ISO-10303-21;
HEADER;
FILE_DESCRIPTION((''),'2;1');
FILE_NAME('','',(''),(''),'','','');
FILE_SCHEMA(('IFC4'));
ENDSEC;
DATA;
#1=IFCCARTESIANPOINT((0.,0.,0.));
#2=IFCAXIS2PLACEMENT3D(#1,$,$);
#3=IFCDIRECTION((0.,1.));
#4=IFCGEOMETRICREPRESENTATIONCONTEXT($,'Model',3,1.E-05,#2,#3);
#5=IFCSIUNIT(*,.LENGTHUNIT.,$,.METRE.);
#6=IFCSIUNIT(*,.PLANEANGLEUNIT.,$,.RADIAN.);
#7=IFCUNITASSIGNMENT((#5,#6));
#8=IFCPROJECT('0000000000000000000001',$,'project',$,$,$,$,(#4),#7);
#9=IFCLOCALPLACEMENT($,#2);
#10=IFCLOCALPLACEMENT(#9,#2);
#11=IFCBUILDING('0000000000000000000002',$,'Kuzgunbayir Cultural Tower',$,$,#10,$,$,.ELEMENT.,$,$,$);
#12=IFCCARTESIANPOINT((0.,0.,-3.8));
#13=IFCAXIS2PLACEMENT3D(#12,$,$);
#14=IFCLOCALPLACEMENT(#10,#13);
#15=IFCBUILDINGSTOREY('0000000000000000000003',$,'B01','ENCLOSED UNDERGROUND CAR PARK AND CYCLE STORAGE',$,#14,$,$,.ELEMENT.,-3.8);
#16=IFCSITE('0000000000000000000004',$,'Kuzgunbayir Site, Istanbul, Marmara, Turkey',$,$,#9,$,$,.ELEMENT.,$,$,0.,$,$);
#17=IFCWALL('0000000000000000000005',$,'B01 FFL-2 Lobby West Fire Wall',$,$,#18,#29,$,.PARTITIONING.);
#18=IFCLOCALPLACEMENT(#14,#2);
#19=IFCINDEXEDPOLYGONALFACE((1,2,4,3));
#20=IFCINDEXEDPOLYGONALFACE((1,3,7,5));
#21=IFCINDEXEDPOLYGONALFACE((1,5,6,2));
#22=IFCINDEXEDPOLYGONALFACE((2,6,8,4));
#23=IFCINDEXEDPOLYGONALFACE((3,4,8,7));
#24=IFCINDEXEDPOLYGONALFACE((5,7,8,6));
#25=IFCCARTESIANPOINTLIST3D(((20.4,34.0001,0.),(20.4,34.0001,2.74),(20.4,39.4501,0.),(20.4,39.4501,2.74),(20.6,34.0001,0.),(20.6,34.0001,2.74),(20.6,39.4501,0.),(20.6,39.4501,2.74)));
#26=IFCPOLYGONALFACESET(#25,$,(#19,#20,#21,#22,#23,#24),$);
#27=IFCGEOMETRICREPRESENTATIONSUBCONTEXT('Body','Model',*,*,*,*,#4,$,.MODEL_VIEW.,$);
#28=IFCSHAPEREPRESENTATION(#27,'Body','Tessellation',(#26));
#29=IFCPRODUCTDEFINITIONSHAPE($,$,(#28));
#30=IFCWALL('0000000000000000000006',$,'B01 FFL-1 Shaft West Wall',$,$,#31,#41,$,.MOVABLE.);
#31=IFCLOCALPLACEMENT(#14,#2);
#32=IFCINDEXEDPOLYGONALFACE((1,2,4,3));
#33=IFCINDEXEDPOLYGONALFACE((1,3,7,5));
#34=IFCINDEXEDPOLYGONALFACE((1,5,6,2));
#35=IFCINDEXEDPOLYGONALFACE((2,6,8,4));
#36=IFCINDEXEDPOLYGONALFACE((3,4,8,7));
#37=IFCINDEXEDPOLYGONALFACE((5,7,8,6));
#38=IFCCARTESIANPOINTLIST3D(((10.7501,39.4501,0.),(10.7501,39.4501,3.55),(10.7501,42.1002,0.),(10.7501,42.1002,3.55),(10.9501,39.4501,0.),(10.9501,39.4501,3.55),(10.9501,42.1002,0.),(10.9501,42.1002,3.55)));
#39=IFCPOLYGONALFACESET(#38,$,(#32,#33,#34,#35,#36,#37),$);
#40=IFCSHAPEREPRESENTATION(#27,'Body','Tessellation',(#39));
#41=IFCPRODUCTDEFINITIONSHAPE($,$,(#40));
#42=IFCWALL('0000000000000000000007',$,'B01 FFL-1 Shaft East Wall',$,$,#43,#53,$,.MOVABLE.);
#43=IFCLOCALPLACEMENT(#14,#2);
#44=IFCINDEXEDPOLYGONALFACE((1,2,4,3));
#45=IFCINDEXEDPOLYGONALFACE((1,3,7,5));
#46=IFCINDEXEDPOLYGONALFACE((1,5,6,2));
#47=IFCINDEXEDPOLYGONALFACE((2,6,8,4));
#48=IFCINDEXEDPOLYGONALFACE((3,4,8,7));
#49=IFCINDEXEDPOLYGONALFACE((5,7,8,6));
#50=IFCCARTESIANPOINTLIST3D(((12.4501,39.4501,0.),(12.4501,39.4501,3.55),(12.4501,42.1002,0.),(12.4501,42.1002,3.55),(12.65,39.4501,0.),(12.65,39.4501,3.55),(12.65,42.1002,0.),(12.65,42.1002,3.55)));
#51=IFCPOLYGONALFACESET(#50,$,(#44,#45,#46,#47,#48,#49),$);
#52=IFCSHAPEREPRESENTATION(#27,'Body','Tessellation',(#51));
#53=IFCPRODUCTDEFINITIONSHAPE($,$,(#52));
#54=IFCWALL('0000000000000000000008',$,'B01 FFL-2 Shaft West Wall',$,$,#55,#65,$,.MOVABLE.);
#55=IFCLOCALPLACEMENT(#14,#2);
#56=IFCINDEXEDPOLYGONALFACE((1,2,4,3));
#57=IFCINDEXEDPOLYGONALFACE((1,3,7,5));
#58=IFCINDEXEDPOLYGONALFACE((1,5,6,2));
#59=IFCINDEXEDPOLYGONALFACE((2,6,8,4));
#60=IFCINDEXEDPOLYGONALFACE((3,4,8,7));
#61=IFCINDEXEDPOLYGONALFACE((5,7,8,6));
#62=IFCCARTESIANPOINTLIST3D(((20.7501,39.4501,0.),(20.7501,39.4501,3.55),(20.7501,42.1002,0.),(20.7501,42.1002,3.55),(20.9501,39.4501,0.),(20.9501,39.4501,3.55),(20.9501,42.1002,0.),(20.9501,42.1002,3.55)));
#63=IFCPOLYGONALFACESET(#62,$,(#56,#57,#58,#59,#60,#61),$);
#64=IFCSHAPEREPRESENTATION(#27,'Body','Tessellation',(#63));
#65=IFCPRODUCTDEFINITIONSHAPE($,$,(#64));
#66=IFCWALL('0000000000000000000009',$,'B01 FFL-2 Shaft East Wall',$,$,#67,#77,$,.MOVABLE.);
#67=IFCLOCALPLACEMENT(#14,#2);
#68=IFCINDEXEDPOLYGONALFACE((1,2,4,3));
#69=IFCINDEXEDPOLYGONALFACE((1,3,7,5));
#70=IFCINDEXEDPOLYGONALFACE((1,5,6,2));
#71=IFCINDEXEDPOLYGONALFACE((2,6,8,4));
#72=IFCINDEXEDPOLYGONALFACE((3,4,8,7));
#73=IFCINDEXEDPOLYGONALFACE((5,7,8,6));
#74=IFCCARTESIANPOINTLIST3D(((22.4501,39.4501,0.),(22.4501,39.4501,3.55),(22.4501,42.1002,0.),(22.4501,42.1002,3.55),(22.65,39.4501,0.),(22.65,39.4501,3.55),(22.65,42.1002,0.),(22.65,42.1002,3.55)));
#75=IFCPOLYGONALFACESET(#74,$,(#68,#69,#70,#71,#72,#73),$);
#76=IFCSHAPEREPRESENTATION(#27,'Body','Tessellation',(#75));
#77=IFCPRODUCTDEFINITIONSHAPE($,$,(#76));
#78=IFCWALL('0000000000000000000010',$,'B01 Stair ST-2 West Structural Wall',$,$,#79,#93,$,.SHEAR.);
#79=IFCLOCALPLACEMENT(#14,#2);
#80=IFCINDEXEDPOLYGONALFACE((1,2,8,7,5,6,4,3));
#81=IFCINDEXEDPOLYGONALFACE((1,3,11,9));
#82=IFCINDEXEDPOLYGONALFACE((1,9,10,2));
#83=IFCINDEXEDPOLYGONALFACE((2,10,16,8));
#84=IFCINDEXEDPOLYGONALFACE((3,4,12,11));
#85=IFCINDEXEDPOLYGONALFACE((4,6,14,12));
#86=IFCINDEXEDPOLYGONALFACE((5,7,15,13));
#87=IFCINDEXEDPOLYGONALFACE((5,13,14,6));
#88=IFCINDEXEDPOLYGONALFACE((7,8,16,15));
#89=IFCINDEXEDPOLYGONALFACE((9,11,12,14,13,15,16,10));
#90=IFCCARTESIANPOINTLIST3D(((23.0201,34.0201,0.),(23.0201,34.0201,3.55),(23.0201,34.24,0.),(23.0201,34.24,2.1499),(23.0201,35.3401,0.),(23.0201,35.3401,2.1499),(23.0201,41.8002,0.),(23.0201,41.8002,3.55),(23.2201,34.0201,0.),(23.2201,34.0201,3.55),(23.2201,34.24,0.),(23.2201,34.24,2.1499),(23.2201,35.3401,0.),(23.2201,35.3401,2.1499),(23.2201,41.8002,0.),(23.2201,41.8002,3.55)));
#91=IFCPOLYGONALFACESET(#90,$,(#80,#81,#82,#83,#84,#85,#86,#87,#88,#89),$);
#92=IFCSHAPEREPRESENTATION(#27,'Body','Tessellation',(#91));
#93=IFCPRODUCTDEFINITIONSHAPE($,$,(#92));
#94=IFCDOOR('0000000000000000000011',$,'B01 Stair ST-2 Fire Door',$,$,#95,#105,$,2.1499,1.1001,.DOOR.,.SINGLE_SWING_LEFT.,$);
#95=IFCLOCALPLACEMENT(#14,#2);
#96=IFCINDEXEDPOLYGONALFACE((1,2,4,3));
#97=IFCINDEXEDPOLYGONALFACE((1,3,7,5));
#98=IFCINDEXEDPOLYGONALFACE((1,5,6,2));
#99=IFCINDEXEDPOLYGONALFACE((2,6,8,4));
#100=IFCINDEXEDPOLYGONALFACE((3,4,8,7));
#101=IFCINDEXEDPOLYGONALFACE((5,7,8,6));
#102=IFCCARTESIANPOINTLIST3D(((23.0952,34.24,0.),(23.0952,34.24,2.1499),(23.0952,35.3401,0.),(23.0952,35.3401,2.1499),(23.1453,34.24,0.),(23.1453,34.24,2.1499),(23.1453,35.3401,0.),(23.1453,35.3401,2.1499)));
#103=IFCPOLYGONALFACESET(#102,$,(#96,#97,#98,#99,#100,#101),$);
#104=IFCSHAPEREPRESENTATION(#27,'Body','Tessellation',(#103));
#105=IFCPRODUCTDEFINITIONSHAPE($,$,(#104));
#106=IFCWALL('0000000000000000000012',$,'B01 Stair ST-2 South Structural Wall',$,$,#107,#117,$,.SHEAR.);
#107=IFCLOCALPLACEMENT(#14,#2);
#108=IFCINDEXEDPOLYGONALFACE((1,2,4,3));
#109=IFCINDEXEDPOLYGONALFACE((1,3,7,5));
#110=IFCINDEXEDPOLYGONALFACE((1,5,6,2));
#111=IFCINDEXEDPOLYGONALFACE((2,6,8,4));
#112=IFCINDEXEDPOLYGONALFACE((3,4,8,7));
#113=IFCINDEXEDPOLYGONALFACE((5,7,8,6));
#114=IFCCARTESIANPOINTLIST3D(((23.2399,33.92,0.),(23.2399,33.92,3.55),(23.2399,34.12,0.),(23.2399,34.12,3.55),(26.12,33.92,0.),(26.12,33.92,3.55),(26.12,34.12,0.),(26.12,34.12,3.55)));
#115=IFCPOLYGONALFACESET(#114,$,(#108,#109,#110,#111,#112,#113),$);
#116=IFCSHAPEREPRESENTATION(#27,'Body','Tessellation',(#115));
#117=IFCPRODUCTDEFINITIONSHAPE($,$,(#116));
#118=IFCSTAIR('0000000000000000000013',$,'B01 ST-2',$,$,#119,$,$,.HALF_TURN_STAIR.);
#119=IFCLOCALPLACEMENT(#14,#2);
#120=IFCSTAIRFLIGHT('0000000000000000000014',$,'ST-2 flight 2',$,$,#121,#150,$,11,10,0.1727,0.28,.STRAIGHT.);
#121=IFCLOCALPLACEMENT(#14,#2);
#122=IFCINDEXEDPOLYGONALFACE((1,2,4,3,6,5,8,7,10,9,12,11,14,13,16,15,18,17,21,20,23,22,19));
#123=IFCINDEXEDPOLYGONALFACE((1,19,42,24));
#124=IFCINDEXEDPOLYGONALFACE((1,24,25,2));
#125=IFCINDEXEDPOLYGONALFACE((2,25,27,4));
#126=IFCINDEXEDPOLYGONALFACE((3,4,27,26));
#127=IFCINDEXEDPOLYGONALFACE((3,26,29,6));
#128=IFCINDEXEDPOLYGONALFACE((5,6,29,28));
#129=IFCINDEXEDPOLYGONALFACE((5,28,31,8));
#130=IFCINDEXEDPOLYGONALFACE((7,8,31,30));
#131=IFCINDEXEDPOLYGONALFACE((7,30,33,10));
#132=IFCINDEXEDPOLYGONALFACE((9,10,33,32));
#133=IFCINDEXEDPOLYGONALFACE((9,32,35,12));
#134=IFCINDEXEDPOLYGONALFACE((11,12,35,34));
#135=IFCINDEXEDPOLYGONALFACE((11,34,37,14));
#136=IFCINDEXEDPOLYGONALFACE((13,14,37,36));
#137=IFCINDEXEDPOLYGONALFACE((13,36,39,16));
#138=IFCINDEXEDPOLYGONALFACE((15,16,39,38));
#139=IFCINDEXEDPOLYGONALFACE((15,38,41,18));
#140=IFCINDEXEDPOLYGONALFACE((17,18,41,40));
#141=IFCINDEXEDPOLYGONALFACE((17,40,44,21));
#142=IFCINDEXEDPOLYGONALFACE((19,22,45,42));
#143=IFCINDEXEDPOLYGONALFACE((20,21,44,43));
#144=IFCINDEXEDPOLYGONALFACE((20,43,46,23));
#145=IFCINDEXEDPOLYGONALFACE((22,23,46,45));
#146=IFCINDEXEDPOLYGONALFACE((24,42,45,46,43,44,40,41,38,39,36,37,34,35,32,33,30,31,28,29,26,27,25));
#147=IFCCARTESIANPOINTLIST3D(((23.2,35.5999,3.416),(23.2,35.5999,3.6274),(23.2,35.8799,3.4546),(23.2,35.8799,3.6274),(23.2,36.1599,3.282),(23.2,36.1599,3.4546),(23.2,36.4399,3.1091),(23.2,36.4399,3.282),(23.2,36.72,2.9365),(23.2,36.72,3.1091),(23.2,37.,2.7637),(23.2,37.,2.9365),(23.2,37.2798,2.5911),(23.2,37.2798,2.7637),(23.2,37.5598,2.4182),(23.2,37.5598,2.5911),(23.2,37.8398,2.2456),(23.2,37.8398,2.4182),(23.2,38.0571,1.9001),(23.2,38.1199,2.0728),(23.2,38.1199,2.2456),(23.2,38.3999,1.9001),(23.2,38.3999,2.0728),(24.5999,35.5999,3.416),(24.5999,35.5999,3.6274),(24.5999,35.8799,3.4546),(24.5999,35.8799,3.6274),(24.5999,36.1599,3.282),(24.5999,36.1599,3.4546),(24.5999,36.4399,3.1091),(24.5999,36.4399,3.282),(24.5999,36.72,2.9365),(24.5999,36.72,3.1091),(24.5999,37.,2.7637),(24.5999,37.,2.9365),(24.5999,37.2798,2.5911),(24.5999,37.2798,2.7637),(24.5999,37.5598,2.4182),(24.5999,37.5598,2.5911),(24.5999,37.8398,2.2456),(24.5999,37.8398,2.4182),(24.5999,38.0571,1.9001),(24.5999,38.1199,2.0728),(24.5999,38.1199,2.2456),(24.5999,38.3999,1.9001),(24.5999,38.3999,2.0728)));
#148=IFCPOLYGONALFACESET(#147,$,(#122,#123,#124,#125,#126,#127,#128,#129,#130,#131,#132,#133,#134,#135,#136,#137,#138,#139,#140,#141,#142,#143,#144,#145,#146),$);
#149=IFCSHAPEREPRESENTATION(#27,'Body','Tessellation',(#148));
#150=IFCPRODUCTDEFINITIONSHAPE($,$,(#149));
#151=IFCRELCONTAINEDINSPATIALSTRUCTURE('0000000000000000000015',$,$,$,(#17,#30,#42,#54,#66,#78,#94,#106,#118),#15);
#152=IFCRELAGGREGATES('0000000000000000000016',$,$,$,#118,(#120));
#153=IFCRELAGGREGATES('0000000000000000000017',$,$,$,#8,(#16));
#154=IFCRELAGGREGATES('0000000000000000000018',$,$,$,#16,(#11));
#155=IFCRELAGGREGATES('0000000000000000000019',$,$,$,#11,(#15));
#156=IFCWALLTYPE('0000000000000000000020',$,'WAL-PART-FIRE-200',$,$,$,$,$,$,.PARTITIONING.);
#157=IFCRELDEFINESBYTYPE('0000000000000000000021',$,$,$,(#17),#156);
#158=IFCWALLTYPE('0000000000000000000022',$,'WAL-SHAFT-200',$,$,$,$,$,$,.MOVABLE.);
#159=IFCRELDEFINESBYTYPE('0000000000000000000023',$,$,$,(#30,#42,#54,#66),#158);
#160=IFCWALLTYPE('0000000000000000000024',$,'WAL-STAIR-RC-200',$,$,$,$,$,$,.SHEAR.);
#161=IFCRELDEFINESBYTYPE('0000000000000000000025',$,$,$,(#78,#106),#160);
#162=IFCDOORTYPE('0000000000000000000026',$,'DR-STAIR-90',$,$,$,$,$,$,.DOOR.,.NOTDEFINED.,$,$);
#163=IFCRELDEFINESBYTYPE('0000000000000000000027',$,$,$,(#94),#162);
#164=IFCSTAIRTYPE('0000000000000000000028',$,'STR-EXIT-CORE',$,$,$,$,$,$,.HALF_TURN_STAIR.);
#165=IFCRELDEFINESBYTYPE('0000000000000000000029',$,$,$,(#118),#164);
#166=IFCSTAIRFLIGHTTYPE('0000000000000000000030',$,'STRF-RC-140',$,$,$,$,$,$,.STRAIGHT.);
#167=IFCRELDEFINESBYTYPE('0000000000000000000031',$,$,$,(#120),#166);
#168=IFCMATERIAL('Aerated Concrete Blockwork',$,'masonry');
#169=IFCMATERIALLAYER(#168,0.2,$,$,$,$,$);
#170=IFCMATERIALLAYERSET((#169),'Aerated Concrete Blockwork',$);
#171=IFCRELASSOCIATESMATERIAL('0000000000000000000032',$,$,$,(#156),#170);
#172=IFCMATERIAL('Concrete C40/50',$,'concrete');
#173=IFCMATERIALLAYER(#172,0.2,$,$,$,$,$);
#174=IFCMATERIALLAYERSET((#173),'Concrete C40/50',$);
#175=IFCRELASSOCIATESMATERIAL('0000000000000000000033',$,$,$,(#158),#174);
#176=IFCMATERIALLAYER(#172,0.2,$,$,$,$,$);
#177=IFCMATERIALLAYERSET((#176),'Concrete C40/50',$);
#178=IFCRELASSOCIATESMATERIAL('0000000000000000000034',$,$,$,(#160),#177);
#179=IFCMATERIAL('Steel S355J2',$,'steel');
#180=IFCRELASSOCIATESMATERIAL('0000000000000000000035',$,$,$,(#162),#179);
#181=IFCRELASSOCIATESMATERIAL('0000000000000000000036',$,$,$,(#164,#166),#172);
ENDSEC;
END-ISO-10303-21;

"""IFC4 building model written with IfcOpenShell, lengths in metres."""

from ifc_helpers import new_model, si_unit, direction, frame, frame_2d, origin, place, context, subcontext, project, spatial, polyline, rectangle, outline, extrude, material, layer, layer_set, type_object, element, fill, aggregate, save


model = new_model("IFC4")

# Units and contexts
model_context = context("Model", 3, precision=1e-05, world=origin(), true_north=direction((0.0, 1.0)))
body_context = subcontext(model_context, "Body", "Model", "MODEL_VIEW")
ifc_project = project(units=[si_unit("LENGTHUNIT", "METRE"), si_unit("PLANEANGLEUNIT", "RADIAN")], contexts=[model_context])

# Site, building, storey
site_placement = place(None, origin())
site = spatial("IfcSite", under=ifc_project, at=site_placement, Name="Kuzgunbayir Site, Istanbul, Marmara, Turkey", CompositionType="ELEMENT", RefElevation=0.0)
building_placement = place(site_placement, origin())
building = spatial("IfcBuilding", under=site, at=building_placement, Name="Kuzgunbayir Cultural Tower", CompositionType="ELEMENT")
storey_placement = place(building_placement, frame((0.0, 0.0, -3.8)))
storey = spatial("IfcBuildingStorey", under=building, at=storey_placement, Name="B01", Description="ENCLOSED UNDERGROUND CAR PARK AND CYCLE STORAGE", CompositionType="ELEMENT", Elevation=-3.8)

# Wall
ifc_material_1 = material(Name="Aerated Concrete Blockwork", Category="masonry")
ifc_layer_1 = layer(ifc_material_1, 0.2)
ifc_layer_set_1 = layer_set([ifc_layer_1], Name="Aerated Concrete Blockwork")
wall_type_1 = type_object("IfcWallType", Name="WAL-PART-FIRE-200", PredefinedType="PARTITIONING", material=ifc_layer_set_1)
for number, where, z_axis, x_axis, name in (
    (1, (20.5, 34.0, 0.0), (0.0, 0.0, 1.0), (0.0, 1.0, 0.0), "B01 FFL-2 Lobby West Fire Wall"),
):
    element("IfcWall", number, at=place(storey_placement, frame(where, z_axis=z_axis, x_axis=x_axis)), inside=storey, type_object=wall_type_1, Name=name, PredefinedType="PARTITIONING", context=body_context, shape_type="SweptSolid", body=[
        extrude(rectangle(XDim=5.45, YDim=0.2, at=frame_2d((2.7251, 0.0))), origin(), (0.0, 0.0, 1.0), 2.74),
    ])

# Shared definitions
ifc_material_2 = material(Name="Steel S355J2", Category="steel")
ifc_material_3 = material(Name="Concrete C40/50", Category="concrete")
ifc_layer_2 = layer(ifc_material_3, 0.2)
ifc_layer_set_2 = layer_set([ifc_layer_2], Name="Concrete C40/50")
wall_type_2 = type_object("IfcWallType", Name="WAL-SHAFT-200", PredefinedType="MOVABLE", material=ifc_layer_set_2)

# Walls
for number, where, z_axis, x_axis, name in (
    (2, (10.8501, 39.45, 0.0), (0.0, 0.0, 1.0), (0.0, 1.0, 0.0), "B01 FFL-1 Shaft West Wall"),
    (3, (12.55, 39.45, 0.0), (0.0, 0.0, 1.0), (0.0, 1.0, 0.0), "B01 FFL-1 Shaft East Wall"),
    (4, (20.8501, 39.45, 0.0), (0.0, 0.0, 1.0), (0.0, 1.0, 0.0), "B01 FFL-2 Shaft West Wall"),
    (5, (22.55, 39.45, 0.0), (0.0, 0.0, 1.0), (0.0, 1.0, 0.0), "B01 FFL-2 Shaft East Wall"),
):
    element("IfcWall", number, at=place(storey_placement, frame(where, z_axis=z_axis, x_axis=x_axis)), inside=storey, type_object=wall_type_2, Name=name, PredefinedType="MOVABLE", context=body_context, shape_type="SweptSolid", body=[
        extrude(rectangle(XDim=2.6501, YDim=0.2, at=frame_2d((1.3252, 0.0))), origin(), (0.0, 0.0, 1.0), 3.55),
    ])

# Wall, opening, door
ifc_layer_3 = layer(ifc_material_3, 0.2)
ifc_layer_set_3 = layer_set([ifc_layer_3], Name="Concrete C40/50")
wall_type_3 = type_object("IfcWallType", Name="WAL-STAIR-RC-200", PredefinedType="SHEAR", material=ifc_layer_set_3)
wall_1_placement = place(storey_placement, frame((23.1201, 34.02, 0.0), z_axis=(0.0, 0.0, 1.0), x_axis=(0.0, 1.0, 0.0)))
wall_1 = element("IfcWall", 6, at=wall_1_placement, inside=storey, type_object=wall_type_3, Name="B01 Stair ST-2 West Structural Wall", PredefinedType="SHEAR", context=body_context, shape_type="SweptSolid", body=[
    extrude(rectangle(XDim=7.78, YDim=0.2, at=frame_2d((3.8901, 0.0))), origin(), (0.0, 0.0, 1.0), 3.55),
])
opening_1_placement = place(wall_1_placement, frame((0.22, 0.0, 0.0)))
opening_1 = element("IfcOpeningElement", 7, at=opening_1_placement, cuts=wall_1, PredefinedType="OPENING", context=body_context, shape_type="SweptSolid", body=[
    extrude(rectangle(XDim=1.1001, YDim=2.1499, at=frame_2d((0.55, 1.075))), frame((0.0, 0.1099, 0.0), z_axis=(0.0, -1.0, 0.0), x_axis=(1.0, 0.0, 0.0)), (0.0, 0.0, 1.0), 0.22),
])
door_type_1 = type_object("IfcDoorType", Name="DR-STAIR-90", OperationType="NOTDEFINED", PredefinedType="DOOR", material=ifc_material_2)
door_1_placement = place(opening_1_placement, origin())
door_1 = element("IfcDoor", 8, at=door_1_placement, inside=storey, type_object=door_type_1, Name="B01 Stair ST-2 Fire Door", OperationType="SINGLE_SWING_LEFT", OverallHeight=2.1499, OverallWidth=1.1001, PredefinedType="DOOR", context=body_context, shape_type="SweptSolid", body=[
    extrude(rectangle(XDim=1.1001, YDim=2.1499, at=frame_2d((0.55, 1.075))), frame((0.0, 0.0249, 0.0), z_axis=(0.0, -1.0, 0.0), x_axis=(1.0, 0.0, 0.0)), (0.0, 0.0, 1.0), 0.05),
])
fill(opening_1, door_1)

# Wall
wall_2_placement = place(storey_placement, frame((23.24, 34.02, 0.0), z_axis=(0.0, 0.0, 1.0), x_axis=(1.0, 0.0, 0.0)))
element("IfcWall", 9, at=wall_2_placement, inside=storey, type_object=wall_type_3, Name="B01 Stair ST-2 South Structural Wall", PredefinedType="SHEAR", context=body_context, shape_type="SweptSolid", body=[
    extrude(rectangle(XDim=2.8801, YDim=0.2, at=frame_2d((1.4399, 0.0))), origin(), (0.0, 0.0, 1.0), 3.55),
])

# Stair, stair flight
stair_type = type_object("IfcStairType", Name="STR-EXIT-CORE", PredefinedType="HALF_TURN_STAIR", material=ifc_material_3)
stair_placement = place(storey_placement, origin())
stair = element("IfcStair", 10, at=stair_placement, inside=storey, type_object=stair_type, Name="B01 ST-2", PredefinedType="HALF_TURN_STAIR")
stair_flight_type = type_object("IfcStairFlightType", Name="STRF-RC-140", PredefinedType="STRAIGHT", material=ifc_material_3)
stair_flight_placement = place(storey_placement, frame((23.8999, 38.3999, 1.9001), z_axis=(0.0, 0.0, 1.0), x_axis=(0.0, -1.0, 0.0)))
stair_flight = element("IfcStairFlight", 11, at=stair_flight_placement, type_object=stair_flight_type, Name="ST-2 flight 2", NumberOfRisers=11, NumberOfTreads=10, PredefinedType="STRAIGHT", RiserHeight=0.1727, TreadLength=0.28, context=body_context, shape_type="SweptSolid", body=[
    extrude(outline(polyline([(0.0, 0.0), (0.0, 0.1726), (0.28, 0.1726), (0.28, 0.3455), (0.5601, 0.3455), (0.5601, 0.5181), (0.8401, 0.5181), (0.8401, 0.6909), (1.1201, 0.6909), (1.1201, 0.8635), (1.3999, 0.8635), (1.3999, 1.0364), (1.6799, 1.0364), (1.6799, 1.209), (1.96, 1.209), (1.96, 1.3818), (2.24, 1.3818), (2.24, 1.5544), (2.52, 1.5544), (2.52, 1.7273), (2.8, 1.7273), (2.8, 1.8999), (2.8, 1.5159), (0.3428, 0.0), (0.0, 0.0)])), frame((0.0, 0.7, 0.0), z_axis=(0.0, -1.0, 0.0), x_axis=(1.0, 0.0, 0.0)), (0.0, 0.0, 1.0), 1.3999),
])
aggregate(stair, [stair_flight])

save(model, "model.ifc")
